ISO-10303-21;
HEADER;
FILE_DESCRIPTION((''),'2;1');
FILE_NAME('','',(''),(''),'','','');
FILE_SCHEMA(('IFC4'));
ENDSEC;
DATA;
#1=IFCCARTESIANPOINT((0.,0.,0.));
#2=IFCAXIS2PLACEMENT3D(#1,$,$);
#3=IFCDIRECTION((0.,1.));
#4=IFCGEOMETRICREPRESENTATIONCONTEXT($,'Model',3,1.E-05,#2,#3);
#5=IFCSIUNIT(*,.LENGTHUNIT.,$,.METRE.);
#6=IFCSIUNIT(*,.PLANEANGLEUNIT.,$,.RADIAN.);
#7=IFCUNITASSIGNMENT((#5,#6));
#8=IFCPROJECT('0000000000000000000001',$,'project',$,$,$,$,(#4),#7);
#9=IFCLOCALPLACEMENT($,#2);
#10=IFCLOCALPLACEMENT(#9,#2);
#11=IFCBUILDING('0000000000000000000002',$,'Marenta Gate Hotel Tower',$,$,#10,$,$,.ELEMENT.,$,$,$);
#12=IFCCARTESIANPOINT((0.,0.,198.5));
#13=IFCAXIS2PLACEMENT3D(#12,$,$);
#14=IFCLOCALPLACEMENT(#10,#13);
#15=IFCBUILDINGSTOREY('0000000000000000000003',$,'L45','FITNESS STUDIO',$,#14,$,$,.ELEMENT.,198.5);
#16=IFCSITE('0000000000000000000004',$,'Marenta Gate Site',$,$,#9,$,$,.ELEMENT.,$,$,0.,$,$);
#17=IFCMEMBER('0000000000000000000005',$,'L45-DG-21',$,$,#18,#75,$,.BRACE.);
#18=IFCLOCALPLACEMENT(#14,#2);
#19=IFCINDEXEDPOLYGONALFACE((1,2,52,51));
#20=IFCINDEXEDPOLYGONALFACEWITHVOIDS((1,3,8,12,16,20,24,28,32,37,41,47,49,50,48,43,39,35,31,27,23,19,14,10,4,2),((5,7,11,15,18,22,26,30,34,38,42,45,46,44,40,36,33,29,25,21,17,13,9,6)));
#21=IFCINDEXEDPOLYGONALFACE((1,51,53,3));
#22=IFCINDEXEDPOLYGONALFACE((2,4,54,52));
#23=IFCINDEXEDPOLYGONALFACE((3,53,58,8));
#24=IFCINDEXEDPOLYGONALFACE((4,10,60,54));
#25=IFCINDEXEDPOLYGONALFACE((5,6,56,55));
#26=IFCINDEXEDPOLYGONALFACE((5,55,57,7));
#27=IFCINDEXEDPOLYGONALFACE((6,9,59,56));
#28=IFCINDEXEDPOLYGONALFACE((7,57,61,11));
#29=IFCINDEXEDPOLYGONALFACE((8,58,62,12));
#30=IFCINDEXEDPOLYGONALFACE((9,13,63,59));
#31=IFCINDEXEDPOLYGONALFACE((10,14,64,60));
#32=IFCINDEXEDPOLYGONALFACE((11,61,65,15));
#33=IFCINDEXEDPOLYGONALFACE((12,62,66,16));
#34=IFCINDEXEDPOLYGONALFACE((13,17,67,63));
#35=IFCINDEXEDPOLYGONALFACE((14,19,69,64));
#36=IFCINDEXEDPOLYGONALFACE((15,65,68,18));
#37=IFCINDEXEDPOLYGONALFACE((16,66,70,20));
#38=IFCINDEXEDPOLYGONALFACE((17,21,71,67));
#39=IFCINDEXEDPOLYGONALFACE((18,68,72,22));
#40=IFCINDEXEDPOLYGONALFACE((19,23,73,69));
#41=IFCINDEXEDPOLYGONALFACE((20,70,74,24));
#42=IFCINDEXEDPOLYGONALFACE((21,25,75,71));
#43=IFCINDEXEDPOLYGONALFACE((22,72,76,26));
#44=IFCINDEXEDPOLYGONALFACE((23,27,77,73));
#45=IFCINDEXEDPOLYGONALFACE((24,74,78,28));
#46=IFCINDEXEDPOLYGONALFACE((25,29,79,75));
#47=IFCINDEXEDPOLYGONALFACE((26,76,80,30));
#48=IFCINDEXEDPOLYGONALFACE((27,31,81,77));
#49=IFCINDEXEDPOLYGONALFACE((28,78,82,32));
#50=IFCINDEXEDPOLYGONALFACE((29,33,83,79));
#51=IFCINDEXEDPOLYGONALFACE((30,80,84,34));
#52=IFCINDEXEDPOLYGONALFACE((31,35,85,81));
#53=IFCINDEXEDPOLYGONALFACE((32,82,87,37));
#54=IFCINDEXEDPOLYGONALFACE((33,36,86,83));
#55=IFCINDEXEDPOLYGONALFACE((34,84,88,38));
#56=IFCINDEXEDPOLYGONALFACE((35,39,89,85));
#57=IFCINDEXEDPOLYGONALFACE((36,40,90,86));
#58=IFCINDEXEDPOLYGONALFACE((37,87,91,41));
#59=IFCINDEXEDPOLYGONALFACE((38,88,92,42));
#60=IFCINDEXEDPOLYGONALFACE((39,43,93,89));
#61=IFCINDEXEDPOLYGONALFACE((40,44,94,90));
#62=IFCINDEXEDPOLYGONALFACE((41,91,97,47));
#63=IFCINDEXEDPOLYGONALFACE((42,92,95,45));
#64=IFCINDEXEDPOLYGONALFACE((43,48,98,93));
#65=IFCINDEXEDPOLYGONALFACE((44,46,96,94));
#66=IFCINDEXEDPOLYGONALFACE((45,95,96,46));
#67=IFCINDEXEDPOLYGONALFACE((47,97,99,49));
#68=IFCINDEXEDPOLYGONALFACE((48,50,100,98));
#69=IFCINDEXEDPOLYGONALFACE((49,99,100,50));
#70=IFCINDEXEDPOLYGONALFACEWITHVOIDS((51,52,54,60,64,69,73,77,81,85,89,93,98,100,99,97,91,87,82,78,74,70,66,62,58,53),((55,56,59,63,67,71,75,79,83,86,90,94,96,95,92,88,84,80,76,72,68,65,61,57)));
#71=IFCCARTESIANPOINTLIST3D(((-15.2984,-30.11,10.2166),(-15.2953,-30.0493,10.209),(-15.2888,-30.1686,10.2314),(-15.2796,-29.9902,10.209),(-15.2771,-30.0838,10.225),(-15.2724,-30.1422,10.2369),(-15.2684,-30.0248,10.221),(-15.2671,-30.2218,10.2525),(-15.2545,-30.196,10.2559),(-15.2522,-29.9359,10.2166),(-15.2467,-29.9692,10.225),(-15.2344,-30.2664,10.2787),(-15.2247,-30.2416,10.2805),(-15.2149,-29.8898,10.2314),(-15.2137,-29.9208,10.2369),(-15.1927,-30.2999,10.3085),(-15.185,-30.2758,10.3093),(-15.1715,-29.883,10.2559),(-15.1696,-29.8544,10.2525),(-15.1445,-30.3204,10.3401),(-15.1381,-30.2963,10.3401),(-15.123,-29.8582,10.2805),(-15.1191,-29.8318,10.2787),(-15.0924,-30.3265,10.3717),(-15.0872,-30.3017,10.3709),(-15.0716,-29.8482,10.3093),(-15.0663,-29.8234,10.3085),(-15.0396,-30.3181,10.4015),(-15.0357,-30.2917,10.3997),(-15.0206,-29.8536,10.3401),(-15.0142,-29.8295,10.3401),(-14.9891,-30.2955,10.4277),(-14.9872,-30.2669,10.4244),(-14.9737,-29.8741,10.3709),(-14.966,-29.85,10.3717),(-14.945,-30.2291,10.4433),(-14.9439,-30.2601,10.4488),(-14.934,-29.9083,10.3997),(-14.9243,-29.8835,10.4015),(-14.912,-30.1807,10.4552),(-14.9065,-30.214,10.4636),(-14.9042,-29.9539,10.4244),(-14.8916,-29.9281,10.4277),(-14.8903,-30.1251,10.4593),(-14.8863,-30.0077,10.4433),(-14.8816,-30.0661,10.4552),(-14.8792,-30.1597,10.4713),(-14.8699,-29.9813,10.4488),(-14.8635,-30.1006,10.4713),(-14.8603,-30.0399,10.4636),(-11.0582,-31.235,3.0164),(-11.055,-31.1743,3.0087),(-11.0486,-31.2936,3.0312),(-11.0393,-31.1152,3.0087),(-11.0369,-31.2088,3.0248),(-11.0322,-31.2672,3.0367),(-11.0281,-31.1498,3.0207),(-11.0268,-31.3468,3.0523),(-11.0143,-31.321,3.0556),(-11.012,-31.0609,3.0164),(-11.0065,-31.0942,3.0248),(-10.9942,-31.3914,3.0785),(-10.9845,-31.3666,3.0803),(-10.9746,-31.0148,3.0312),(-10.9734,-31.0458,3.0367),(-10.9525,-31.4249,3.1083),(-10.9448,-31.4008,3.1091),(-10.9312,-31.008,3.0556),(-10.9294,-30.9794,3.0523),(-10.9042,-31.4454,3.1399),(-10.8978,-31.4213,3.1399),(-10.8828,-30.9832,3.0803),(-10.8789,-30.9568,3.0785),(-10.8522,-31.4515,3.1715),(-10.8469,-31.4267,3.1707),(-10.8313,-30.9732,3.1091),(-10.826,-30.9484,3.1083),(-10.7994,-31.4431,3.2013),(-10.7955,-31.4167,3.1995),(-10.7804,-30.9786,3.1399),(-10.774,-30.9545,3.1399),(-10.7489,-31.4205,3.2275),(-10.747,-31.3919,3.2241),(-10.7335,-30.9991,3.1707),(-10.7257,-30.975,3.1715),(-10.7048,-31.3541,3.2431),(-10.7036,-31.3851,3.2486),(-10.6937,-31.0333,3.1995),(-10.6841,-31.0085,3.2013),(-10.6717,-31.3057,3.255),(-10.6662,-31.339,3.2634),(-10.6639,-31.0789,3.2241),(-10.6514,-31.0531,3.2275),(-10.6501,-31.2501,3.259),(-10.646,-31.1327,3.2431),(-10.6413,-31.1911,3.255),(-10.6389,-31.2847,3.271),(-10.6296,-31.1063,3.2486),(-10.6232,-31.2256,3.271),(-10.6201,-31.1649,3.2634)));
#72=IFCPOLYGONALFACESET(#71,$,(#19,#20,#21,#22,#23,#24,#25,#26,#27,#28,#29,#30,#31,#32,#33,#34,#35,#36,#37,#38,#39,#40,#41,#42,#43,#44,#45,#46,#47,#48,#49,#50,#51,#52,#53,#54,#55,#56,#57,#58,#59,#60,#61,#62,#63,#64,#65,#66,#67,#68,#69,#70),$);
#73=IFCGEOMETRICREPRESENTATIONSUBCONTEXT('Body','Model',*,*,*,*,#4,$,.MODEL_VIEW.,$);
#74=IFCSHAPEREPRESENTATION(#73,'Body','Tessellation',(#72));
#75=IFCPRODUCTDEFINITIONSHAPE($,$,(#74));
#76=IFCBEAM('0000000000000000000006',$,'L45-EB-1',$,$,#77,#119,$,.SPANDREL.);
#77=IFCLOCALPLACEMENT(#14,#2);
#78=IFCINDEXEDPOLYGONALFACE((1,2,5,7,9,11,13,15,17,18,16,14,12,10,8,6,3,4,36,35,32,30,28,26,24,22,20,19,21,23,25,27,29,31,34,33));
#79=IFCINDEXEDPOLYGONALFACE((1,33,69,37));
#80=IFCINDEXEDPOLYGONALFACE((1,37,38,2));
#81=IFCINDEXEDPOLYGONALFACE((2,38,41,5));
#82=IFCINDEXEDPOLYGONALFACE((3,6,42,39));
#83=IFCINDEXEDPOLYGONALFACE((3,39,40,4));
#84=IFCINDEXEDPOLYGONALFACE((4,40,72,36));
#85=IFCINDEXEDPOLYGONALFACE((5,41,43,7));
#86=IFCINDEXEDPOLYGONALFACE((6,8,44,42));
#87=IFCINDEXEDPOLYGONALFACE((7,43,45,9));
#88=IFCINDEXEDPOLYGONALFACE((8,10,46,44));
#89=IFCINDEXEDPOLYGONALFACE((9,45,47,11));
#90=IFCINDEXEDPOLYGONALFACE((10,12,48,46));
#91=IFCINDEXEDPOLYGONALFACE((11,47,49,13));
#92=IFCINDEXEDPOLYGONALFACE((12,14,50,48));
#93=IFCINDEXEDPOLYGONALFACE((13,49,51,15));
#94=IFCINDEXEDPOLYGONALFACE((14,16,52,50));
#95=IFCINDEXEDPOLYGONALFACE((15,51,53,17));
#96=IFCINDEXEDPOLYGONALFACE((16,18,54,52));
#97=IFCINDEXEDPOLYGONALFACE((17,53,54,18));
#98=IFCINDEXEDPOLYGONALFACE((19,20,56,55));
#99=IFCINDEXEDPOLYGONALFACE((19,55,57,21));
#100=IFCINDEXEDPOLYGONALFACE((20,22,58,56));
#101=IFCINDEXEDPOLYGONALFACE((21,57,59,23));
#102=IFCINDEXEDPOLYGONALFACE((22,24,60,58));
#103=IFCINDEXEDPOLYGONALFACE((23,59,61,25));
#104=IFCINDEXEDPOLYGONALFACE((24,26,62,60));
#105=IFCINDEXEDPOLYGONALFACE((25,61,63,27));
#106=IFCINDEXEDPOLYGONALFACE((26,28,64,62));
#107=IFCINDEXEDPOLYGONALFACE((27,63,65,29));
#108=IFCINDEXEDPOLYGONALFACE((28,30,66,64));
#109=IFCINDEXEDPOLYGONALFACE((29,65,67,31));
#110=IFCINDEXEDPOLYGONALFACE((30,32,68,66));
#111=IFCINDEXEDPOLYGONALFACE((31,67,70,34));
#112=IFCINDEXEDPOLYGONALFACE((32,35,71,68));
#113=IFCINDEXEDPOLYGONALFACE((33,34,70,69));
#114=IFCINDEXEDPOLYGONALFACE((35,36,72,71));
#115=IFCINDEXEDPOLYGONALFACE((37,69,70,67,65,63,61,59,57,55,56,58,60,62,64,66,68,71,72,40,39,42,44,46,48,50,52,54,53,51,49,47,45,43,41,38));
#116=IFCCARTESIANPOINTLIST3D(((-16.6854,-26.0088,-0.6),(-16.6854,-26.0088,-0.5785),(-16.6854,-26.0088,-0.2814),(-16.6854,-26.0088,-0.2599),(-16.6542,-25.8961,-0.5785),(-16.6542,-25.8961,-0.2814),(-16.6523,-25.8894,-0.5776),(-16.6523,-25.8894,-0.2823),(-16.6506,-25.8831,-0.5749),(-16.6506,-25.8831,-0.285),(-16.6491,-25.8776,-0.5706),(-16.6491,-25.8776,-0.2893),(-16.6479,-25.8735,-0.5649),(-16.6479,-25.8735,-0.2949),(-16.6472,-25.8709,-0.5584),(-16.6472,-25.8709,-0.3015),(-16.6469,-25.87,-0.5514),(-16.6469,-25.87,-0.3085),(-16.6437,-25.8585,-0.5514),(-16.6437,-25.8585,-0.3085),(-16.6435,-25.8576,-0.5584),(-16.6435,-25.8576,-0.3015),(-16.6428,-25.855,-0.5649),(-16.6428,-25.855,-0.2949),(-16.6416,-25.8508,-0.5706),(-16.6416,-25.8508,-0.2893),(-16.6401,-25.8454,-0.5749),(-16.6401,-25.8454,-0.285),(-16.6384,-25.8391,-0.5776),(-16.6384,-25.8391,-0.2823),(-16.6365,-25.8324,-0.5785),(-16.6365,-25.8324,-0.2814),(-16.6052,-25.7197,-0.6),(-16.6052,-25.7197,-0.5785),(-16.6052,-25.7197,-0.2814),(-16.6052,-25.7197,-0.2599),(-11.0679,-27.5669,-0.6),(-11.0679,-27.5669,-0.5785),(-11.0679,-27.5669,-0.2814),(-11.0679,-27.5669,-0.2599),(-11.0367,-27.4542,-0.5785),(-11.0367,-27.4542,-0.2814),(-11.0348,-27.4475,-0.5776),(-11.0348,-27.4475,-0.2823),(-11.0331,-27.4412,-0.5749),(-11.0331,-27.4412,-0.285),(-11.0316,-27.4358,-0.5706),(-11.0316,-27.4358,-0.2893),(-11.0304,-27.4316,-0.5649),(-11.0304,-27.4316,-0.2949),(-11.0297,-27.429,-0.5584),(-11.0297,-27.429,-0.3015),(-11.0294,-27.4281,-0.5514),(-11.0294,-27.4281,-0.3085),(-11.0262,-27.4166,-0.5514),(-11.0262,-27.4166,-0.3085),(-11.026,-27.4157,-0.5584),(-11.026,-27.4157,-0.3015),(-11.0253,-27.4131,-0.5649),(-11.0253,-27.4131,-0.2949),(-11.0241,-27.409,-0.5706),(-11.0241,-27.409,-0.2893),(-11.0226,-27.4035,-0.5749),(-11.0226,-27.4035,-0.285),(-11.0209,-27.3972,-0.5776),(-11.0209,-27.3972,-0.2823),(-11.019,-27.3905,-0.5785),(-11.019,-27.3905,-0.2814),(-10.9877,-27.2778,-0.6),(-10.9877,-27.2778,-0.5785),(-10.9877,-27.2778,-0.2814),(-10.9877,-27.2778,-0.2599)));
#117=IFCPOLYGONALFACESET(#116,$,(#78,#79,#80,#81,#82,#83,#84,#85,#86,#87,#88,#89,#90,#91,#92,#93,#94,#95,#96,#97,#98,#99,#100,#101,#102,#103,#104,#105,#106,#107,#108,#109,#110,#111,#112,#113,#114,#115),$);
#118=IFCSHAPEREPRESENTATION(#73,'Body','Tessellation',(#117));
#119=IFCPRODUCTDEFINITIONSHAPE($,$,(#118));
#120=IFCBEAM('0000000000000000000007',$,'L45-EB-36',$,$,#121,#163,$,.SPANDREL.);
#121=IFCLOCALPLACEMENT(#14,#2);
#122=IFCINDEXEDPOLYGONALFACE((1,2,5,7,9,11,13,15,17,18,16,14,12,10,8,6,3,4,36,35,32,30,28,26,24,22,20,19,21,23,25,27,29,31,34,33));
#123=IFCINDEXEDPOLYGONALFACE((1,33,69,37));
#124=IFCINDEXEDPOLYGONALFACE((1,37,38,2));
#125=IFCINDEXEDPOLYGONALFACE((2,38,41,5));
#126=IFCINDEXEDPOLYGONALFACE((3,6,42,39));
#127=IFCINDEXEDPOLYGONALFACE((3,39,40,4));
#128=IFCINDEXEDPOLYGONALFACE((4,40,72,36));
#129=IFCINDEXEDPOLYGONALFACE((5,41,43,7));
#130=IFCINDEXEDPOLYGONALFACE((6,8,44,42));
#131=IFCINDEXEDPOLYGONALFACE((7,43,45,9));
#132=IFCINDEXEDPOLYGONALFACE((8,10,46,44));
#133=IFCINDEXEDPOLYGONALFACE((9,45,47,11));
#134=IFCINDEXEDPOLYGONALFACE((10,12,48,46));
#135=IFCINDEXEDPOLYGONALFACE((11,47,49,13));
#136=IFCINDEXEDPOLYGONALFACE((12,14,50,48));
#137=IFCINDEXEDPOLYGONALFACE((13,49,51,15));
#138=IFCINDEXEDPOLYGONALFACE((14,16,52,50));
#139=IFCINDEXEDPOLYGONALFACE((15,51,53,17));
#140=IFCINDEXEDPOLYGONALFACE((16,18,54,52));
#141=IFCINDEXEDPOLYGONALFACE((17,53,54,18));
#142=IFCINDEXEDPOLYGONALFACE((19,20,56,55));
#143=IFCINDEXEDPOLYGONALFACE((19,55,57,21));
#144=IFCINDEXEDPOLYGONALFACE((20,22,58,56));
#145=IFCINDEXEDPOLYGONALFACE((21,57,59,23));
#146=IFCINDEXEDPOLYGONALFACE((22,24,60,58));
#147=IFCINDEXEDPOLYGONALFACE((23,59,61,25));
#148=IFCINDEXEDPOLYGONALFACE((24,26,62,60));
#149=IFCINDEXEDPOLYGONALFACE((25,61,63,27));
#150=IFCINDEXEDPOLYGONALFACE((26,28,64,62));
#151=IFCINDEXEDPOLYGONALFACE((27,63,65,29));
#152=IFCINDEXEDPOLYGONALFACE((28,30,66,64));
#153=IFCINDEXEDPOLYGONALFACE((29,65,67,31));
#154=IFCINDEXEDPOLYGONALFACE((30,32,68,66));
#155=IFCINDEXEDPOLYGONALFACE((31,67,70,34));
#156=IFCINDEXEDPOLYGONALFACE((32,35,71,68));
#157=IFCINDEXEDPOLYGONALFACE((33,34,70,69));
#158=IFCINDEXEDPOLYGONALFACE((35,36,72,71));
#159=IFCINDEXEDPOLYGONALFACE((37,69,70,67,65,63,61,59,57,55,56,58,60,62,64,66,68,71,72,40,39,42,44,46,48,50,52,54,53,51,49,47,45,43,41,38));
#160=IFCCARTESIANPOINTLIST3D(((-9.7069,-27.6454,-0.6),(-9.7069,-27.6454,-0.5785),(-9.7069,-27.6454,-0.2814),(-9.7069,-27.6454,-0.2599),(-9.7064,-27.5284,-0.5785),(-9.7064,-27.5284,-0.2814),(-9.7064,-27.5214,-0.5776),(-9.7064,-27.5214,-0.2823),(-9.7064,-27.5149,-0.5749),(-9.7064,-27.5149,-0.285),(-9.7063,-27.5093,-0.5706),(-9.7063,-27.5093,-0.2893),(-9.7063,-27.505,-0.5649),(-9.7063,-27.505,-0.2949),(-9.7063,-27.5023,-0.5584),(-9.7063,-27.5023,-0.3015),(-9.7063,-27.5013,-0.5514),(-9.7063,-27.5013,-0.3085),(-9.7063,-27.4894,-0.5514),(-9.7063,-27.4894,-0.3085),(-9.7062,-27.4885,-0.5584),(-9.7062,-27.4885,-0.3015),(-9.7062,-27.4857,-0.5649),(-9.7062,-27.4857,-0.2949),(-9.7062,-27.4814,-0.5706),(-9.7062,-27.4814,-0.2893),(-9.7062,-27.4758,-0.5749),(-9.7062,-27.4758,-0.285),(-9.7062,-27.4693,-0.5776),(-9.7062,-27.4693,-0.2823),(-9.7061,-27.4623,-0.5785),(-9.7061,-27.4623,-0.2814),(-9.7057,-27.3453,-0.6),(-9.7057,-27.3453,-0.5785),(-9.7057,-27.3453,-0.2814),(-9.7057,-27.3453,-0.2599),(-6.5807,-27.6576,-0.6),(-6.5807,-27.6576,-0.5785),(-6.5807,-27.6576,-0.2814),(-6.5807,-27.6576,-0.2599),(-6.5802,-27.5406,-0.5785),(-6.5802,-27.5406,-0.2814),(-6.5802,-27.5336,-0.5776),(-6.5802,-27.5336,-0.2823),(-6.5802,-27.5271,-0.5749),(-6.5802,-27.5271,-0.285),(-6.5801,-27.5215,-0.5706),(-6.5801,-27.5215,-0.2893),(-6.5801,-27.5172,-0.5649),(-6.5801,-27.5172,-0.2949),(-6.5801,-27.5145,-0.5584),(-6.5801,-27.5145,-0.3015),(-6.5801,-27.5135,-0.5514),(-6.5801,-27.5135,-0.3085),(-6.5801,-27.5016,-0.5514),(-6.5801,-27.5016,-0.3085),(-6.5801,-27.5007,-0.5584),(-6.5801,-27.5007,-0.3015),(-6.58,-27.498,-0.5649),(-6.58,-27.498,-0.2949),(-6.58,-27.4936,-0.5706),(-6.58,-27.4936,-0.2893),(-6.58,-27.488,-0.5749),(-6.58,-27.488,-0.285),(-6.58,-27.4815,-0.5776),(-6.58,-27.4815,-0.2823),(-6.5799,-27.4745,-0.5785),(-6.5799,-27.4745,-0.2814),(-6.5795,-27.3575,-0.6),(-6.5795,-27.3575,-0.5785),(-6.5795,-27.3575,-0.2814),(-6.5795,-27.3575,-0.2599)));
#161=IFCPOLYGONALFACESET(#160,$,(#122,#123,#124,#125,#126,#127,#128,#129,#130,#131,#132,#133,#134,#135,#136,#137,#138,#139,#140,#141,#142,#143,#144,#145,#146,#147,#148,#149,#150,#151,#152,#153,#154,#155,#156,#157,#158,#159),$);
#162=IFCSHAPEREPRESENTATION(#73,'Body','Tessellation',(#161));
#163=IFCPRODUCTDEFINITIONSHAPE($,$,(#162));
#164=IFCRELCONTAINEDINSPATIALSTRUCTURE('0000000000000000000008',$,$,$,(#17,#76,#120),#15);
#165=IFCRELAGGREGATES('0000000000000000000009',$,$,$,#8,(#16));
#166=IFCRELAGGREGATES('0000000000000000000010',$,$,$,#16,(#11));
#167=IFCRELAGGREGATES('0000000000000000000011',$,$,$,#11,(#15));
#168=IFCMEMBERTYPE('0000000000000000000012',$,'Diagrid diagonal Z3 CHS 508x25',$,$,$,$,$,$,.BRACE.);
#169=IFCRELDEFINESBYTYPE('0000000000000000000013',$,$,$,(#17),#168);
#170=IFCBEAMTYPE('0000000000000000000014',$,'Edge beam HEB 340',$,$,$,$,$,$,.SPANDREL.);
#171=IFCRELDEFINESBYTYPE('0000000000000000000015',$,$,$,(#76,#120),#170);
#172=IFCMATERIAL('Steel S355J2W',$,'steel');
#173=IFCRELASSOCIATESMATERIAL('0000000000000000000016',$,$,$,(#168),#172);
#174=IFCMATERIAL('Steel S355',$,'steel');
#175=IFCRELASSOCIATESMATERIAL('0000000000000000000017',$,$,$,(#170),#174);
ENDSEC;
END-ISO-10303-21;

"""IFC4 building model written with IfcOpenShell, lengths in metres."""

from ifc_helpers import new_model, si_unit, direction, frame, origin, origin_2d, place, context, subcontext, project, spatial, hollow_circle, i_section, extrude, material, material_profile, profile_set, type_object, element, save


model = new_model("IFC4")

# Units and contexts
model_context = context("Model", 3, precision=1e-05, world=origin(), true_north=direction((0.0, 1.0)))
body_context = subcontext(model_context, "Body", "Model", "MODEL_VIEW")
ifc_project = project(units=[si_unit("LENGTHUNIT", "METRE"), si_unit("PLANEANGLEUNIT", "RADIAN")], contexts=[model_context])

# Site, building, storey
site_placement = place(None, origin())
site = spatial("IfcSite", under=ifc_project, at=site_placement, Name="Marenta Gate Site", CompositionType="ELEMENT", RefElevation=0.0)
building_placement = place(site_placement, origin())
building = spatial("IfcBuilding", under=site, at=building_placement, Name="Marenta Gate Hotel Tower", CompositionType="ELEMENT")
storey_placement = place(building_placement, frame((0.0, 0.0, 198.5)))
storey = spatial("IfcBuildingStorey", under=building, at=storey_placement, Name="L45", Description="FITNESS STUDIO", CompositionType="ELEMENT", Elevation=198.5)

# Member
ifc_material_1 = material(Name="Steel S355J2W", Category="steel")
ifc_material_profile_1 = material_profile(ifc_material_1, hollow_circle(Radius=0.2539, WallThickness=0.0249, at=origin_2d()), Name="CHS 508x25")
ifc_profile_set_1 = profile_set([ifc_material_profile_1], Name="Steel S355J2W")
member_type_1 = type_object("IfcMemberType", Name="Diagrid diagonal Z3 CHS 508x25", PredefinedType="BRACE", material=ifc_profile_set_1)
member_1_placement = place(storey_placement, frame((-10.8391, -31.2, 3.1399), z_axis=(-0.502912, 0.13343, 0.853977), x_axis=(-0.256443, -0.966559, 0.0)))
element("IfcMember", 1, at=member_1_placement, inside=storey, type_object=member_type_1, Name="L45-DG-21", PredefinedType="BRACE", context=body_context, shape_type="SweptSolid", body=[
    extrude(hollow_circle(Radius=0.2539, WallThickness=0.0249, at=origin_2d()), origin(), (0.0, 0.0, 1.0), 8.4314),
])

# Beams
ifc_material_2 = material(Name="Steel S355", Category="steel")
ifc_material_profile_2 = material_profile(ifc_material_2, i_section(OverallWidth=0.3, OverallDepth=0.3401, WebThickness=0.012, FlangeThickness=0.0215, FilletRadius=0.0271, at=origin_2d()), Name="HEB 340")
ifc_profile_set_2 = profile_set([ifc_material_profile_2], Name="Steel S355")
beam_type_1 = type_object("IfcBeamType", Name="Edge beam HEB 340", PredefinedType="SPANDREL", material=ifc_profile_set_2)
beam_1_placement = place(storey_placement, frame((-11.0278, -27.4224, -0.4299), z_axis=(-0.963619, 0.267279, 0.0), x_axis=(-0.267279, -0.963619, 0.0)))
element("IfcBeam", 2, at=beam_1_placement, inside=storey, type_object=beam_type_1, Name="L45-EB-1", PredefinedType="SPANDREL", context=body_context, shape_type="SweptSolid", body=[
    extrude(i_section(OverallWidth=0.3, OverallDepth=0.3401, WebThickness=0.012, FlangeThickness=0.0215, FilletRadius=0.0271, at=origin_2d()), origin(), (0.0, 0.0, 1.0), 5.8296),
])
beam_2_placement = place(storey_placement, frame((-6.5801, -27.5076, -0.4299), z_axis=(-0.999992, 0.003905, 0.0), x_axis=(-0.003905, -0.999992, 0.0)))
element("IfcBeam", 3, at=beam_2_placement, inside=storey, type_object=beam_type_1, Name="L45-EB-36", PredefinedType="SPANDREL", context=body_context, shape_type="SweptSolid", body=[
    extrude(i_section(OverallWidth=0.3, OverallDepth=0.3401, WebThickness=0.012, FlangeThickness=0.0215, FilletRadius=0.0271, at=origin_2d()), origin(), (0.0, 0.0, 1.0), 3.1262),
])

save(model, "model.ifc")
